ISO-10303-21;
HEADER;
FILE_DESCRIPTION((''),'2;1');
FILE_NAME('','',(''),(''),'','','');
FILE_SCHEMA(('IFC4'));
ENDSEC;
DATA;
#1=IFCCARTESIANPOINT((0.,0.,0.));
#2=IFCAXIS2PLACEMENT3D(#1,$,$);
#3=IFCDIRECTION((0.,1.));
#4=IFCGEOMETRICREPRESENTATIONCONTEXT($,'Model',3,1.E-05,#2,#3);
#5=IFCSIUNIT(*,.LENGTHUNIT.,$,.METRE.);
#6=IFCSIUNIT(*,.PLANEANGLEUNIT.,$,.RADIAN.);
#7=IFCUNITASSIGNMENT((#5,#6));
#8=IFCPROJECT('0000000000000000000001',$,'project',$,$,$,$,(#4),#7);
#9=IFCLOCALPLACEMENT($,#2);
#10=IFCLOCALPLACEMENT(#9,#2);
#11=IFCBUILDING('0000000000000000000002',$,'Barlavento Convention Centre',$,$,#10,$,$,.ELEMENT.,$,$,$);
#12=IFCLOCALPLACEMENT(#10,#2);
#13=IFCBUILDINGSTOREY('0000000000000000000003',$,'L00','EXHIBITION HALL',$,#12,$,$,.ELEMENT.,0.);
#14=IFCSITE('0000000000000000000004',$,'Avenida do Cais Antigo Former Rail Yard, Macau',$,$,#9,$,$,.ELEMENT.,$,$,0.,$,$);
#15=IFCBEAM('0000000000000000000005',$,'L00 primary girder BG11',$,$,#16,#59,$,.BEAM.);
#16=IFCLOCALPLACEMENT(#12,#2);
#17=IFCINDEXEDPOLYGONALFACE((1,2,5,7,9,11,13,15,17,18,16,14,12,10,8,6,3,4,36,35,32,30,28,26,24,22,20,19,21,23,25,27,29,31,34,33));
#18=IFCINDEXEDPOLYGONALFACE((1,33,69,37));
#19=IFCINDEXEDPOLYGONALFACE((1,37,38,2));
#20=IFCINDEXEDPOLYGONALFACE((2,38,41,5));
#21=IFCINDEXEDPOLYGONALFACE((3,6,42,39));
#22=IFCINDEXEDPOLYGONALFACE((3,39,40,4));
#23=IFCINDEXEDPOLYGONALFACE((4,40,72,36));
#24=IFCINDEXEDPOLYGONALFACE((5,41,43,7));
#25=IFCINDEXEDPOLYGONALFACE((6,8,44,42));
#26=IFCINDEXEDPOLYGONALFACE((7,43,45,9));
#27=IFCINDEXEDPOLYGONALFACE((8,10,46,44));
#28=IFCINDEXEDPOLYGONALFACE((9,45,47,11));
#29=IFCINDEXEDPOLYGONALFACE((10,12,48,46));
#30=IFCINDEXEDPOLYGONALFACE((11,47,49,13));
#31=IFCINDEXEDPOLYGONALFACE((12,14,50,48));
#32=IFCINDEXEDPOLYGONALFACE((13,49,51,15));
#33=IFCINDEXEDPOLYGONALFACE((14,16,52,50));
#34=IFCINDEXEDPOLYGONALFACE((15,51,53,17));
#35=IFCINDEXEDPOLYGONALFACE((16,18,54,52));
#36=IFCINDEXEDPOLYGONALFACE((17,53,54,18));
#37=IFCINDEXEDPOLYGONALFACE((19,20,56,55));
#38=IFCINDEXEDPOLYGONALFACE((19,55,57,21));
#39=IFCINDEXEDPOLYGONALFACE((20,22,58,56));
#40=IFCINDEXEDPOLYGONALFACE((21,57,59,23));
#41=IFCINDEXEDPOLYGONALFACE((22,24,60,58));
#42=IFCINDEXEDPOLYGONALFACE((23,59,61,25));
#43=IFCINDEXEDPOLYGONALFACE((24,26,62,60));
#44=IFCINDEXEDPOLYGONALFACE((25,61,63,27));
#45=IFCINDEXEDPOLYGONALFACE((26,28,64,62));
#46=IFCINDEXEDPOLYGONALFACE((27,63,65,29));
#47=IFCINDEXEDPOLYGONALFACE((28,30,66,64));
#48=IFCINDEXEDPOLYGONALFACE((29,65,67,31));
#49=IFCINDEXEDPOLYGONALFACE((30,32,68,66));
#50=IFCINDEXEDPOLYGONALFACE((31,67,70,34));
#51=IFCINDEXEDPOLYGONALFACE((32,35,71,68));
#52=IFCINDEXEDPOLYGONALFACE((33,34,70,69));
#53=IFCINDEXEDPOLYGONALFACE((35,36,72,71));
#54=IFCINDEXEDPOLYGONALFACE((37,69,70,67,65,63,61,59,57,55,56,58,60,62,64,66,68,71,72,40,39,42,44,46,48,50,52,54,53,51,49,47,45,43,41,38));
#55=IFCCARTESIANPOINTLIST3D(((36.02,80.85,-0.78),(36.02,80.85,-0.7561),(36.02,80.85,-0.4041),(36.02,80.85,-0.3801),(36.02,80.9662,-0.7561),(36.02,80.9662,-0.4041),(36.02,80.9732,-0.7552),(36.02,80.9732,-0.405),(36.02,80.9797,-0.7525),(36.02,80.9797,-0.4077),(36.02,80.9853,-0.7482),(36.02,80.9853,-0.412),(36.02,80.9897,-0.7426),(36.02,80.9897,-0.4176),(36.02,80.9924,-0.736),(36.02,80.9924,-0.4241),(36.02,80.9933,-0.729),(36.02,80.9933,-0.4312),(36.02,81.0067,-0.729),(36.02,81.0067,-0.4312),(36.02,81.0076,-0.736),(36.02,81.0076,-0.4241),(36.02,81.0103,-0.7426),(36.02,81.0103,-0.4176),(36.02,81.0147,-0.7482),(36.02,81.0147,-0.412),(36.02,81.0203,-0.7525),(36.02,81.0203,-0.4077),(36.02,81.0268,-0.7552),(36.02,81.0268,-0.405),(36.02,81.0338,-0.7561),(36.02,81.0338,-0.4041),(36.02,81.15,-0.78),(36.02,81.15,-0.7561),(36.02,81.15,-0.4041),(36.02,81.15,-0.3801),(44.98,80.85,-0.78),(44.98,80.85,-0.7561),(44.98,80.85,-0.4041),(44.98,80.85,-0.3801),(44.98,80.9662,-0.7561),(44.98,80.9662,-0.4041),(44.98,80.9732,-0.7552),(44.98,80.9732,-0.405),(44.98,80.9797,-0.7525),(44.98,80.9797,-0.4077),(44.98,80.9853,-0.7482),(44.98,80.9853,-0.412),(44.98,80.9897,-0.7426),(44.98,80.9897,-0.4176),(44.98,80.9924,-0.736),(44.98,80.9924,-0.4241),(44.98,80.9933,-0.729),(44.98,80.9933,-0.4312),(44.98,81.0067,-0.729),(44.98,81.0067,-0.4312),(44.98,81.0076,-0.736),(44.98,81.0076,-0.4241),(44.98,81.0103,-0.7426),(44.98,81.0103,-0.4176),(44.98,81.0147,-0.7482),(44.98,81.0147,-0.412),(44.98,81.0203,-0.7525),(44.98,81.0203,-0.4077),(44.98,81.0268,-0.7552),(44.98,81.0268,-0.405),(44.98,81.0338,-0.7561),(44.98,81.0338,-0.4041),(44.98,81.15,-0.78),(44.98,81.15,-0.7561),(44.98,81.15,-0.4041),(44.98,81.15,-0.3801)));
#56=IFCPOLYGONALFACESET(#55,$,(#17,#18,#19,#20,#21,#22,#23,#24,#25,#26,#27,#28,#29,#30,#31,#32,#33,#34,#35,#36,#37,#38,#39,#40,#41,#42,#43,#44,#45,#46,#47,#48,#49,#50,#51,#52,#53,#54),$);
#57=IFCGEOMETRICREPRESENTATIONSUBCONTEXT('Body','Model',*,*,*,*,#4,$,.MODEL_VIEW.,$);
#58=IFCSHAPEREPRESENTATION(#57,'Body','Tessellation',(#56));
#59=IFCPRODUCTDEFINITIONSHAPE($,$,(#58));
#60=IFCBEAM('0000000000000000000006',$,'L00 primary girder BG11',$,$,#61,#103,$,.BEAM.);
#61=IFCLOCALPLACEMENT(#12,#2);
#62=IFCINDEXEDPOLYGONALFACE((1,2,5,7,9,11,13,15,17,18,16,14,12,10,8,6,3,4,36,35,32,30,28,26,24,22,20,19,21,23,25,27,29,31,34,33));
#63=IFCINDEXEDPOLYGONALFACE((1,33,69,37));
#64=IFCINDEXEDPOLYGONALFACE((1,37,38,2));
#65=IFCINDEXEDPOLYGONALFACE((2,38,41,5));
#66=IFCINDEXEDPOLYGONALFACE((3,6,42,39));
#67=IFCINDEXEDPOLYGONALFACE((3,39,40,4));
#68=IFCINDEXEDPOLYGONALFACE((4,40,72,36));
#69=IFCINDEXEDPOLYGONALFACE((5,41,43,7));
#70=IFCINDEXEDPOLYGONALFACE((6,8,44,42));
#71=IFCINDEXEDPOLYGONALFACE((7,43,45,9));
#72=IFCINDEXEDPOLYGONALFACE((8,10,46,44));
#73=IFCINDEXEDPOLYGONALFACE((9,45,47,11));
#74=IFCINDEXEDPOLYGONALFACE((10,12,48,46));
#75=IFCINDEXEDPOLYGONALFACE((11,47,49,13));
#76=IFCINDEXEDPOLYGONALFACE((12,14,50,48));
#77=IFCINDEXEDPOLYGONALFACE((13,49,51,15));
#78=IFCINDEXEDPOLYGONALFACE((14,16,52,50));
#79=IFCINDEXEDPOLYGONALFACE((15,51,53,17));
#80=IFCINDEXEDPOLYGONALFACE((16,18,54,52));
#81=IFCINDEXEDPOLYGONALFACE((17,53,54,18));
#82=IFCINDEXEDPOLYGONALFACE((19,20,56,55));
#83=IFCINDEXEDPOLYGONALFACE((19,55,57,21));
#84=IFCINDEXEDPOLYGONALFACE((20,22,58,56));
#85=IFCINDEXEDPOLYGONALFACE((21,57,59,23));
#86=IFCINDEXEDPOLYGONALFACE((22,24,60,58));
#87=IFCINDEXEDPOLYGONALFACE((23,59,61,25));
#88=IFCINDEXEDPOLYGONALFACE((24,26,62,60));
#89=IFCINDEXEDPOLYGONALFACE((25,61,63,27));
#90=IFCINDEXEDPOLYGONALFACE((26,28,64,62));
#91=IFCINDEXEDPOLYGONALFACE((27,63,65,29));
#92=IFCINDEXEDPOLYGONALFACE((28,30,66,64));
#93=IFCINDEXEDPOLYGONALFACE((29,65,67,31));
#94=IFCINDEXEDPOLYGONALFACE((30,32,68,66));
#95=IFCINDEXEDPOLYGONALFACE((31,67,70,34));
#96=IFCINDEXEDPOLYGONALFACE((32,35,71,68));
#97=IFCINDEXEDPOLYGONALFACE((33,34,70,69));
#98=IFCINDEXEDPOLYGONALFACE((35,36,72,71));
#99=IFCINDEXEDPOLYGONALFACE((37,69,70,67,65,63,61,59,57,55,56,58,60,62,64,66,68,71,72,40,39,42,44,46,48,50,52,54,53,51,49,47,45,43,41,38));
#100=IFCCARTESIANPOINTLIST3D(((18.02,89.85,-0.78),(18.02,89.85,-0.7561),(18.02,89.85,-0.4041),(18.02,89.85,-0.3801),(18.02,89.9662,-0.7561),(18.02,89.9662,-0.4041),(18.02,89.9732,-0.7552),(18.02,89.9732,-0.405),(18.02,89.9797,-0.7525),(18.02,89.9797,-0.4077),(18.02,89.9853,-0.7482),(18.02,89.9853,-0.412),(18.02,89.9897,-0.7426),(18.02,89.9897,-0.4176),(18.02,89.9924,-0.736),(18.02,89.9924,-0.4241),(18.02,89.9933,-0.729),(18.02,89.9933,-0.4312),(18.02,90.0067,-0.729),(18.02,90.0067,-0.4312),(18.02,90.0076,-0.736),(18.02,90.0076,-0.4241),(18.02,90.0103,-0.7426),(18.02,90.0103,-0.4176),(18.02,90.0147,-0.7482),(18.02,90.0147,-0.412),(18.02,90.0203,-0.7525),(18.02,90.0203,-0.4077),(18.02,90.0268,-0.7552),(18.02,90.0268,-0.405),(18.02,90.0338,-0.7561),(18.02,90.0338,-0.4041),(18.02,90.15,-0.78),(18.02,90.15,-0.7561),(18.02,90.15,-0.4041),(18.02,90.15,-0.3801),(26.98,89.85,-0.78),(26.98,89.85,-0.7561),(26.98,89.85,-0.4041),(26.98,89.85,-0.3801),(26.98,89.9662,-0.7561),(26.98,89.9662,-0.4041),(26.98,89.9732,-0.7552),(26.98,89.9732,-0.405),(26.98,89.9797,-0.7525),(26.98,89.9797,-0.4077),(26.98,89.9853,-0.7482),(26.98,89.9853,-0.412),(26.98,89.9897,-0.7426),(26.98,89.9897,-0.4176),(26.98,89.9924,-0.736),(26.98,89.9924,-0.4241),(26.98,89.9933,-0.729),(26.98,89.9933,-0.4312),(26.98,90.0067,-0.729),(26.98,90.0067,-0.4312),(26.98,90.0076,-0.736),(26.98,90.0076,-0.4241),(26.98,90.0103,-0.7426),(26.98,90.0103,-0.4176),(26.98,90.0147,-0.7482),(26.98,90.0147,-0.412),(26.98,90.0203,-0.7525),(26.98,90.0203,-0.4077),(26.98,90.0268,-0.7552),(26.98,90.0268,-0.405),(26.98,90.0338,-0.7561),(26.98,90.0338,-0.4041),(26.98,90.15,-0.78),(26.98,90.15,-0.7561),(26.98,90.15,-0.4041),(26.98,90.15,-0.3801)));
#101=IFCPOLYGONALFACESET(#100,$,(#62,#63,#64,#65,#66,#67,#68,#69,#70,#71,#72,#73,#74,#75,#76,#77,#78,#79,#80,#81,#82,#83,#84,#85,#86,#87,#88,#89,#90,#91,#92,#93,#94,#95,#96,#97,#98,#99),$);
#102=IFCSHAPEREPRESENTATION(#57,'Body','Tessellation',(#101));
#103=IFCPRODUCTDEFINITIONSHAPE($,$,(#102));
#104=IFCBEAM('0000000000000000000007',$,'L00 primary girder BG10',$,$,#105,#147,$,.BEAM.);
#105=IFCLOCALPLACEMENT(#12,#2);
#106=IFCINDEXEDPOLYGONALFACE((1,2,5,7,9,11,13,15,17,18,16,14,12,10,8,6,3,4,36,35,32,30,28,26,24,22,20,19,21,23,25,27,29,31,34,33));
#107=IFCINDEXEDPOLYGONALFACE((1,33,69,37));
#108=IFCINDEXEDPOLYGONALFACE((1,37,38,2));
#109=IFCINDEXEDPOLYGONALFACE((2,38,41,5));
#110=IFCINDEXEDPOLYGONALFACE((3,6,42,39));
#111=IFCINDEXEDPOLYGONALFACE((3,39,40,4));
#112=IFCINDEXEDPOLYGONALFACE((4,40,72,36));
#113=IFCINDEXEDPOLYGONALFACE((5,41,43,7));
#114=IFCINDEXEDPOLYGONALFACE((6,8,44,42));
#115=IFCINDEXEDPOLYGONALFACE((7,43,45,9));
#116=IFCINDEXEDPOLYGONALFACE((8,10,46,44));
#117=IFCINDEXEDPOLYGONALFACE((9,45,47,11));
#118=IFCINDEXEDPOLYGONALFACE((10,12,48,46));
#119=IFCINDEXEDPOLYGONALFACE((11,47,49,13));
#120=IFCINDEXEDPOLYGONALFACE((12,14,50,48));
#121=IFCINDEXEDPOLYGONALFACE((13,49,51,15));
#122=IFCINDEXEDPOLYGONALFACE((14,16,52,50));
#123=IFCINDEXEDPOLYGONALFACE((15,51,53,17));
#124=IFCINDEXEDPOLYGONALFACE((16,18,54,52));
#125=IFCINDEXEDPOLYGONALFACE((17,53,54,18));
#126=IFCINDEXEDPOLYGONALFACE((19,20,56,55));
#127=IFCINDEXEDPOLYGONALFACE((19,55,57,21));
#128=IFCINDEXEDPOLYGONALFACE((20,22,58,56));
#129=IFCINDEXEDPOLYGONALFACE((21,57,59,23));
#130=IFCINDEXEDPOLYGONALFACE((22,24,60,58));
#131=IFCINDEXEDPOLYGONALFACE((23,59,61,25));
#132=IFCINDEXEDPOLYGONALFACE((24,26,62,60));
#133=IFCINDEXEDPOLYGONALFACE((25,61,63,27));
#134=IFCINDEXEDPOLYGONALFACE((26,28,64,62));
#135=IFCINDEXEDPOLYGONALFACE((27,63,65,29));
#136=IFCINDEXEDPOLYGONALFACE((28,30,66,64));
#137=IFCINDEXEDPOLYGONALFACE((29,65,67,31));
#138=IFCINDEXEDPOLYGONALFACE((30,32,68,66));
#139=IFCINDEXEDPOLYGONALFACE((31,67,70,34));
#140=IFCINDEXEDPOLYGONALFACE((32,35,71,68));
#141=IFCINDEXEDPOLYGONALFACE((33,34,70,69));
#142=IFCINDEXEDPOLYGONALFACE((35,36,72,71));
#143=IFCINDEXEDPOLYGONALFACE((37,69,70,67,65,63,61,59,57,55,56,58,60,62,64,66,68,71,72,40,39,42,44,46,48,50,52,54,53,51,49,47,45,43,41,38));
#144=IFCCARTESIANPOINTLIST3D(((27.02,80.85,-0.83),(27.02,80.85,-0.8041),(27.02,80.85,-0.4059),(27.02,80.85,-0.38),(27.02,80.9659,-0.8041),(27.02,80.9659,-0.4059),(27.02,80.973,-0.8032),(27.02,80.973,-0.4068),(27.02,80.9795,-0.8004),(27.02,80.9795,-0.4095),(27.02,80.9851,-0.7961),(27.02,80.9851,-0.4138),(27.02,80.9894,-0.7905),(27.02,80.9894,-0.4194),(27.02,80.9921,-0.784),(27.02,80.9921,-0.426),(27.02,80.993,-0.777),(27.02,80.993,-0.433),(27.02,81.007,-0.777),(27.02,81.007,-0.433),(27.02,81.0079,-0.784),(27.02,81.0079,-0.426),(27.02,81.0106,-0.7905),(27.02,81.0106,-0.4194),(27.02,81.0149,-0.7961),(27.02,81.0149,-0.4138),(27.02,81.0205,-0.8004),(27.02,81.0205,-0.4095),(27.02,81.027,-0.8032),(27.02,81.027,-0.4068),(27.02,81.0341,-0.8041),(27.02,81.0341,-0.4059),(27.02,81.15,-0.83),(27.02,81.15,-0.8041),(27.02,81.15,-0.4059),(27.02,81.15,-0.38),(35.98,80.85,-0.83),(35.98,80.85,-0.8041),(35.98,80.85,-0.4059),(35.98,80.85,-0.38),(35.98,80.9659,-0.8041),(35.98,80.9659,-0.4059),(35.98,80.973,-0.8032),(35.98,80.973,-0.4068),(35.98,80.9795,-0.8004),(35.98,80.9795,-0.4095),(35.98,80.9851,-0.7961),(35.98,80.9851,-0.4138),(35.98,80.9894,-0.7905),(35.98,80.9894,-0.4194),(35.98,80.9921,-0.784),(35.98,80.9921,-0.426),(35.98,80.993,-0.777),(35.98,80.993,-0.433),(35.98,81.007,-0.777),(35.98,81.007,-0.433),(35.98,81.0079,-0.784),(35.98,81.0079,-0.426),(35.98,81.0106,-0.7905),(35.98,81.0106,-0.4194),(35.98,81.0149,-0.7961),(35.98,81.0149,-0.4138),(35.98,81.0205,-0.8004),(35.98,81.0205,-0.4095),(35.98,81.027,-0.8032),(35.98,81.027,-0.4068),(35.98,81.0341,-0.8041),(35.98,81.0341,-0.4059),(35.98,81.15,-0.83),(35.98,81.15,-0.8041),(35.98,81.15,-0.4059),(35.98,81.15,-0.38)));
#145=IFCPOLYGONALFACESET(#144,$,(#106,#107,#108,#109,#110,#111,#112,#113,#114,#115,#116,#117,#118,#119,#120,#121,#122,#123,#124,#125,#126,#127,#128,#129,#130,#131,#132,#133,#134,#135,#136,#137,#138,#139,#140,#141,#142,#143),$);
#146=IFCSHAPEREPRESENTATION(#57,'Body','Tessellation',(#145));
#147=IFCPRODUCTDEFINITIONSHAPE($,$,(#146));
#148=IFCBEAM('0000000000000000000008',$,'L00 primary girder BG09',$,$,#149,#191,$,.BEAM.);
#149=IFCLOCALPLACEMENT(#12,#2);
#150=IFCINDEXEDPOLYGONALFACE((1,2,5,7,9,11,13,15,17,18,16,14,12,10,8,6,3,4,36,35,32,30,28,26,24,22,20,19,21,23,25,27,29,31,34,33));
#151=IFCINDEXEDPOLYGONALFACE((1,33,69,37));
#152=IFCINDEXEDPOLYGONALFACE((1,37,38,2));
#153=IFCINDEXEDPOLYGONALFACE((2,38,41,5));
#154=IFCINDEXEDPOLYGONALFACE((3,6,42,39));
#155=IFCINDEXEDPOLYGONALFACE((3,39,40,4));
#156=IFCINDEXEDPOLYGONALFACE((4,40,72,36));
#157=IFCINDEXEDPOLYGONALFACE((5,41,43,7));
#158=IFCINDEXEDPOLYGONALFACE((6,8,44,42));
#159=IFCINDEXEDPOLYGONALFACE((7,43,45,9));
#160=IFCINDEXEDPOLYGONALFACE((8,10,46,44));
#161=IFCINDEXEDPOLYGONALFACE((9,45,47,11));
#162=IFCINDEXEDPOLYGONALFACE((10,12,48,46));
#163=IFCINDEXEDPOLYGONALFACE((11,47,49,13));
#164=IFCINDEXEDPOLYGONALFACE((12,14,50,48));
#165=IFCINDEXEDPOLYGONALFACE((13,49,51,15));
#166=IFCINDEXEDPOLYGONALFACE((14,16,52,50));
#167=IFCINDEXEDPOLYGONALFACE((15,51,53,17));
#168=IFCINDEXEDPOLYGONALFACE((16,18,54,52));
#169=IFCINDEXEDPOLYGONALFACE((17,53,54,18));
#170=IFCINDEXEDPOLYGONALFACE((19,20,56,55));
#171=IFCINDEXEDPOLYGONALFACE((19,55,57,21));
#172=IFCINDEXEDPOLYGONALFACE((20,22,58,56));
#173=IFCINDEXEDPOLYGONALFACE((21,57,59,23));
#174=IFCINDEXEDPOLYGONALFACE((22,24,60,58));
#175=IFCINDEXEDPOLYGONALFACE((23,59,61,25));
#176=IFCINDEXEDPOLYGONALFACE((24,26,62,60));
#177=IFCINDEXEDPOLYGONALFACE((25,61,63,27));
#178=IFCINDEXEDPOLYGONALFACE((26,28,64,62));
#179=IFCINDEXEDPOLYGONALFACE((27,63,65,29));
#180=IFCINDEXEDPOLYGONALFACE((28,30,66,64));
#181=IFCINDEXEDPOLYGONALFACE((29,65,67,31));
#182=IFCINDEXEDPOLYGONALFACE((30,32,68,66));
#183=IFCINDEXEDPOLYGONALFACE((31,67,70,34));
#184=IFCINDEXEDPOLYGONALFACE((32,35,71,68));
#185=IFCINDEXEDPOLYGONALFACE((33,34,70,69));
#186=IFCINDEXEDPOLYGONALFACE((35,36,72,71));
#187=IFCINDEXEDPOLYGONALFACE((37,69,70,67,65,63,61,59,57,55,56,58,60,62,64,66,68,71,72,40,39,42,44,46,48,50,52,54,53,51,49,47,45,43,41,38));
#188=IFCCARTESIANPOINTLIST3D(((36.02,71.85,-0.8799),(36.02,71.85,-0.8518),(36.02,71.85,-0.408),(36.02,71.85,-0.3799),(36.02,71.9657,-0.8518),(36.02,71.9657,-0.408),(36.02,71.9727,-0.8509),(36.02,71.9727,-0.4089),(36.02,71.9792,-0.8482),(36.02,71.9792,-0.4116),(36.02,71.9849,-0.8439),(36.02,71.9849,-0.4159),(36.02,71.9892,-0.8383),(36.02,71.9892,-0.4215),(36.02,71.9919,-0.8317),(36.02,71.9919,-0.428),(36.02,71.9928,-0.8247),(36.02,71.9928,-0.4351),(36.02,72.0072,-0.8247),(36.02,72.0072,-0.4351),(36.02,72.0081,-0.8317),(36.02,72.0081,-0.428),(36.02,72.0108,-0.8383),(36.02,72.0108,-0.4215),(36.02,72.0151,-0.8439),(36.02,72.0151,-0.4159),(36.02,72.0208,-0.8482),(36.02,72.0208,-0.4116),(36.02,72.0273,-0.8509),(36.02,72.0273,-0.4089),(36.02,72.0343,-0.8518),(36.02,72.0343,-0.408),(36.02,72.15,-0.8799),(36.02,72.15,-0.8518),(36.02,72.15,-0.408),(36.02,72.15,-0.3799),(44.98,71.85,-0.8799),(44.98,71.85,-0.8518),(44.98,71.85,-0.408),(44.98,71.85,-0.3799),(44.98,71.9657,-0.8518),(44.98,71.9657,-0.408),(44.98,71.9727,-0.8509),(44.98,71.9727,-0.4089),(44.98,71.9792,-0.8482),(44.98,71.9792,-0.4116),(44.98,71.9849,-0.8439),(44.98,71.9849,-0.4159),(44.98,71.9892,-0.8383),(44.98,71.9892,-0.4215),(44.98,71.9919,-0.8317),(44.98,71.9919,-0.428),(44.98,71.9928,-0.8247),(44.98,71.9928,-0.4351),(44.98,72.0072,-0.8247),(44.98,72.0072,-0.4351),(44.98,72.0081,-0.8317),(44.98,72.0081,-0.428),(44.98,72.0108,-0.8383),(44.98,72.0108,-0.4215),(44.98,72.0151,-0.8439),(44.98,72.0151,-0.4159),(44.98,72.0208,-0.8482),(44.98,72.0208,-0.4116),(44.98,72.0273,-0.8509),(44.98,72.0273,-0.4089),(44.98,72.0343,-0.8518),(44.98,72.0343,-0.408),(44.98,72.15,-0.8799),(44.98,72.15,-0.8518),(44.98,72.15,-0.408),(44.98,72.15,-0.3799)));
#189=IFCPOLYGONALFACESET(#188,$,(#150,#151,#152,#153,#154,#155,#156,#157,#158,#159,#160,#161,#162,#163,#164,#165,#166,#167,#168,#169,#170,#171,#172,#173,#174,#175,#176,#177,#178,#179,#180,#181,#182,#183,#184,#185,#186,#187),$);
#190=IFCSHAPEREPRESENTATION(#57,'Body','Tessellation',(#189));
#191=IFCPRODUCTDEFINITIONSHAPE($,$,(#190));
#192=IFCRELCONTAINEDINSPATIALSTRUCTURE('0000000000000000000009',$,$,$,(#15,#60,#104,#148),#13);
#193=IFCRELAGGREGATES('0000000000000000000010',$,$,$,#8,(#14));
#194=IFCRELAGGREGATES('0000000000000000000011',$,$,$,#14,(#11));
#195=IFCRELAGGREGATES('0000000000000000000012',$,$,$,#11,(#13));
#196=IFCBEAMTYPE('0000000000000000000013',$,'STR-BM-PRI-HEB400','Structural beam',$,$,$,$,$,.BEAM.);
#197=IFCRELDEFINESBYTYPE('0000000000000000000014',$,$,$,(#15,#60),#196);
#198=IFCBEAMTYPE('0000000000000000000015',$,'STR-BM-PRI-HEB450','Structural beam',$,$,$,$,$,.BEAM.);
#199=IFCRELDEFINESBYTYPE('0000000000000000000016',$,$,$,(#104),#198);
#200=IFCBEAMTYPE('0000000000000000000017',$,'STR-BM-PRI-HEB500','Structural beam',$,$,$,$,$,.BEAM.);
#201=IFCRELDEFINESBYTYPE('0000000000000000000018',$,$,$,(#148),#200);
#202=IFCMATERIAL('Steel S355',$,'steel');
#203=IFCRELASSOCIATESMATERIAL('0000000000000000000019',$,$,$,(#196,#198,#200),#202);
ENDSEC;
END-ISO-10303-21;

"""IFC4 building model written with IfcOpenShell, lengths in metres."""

from ifc_helpers import new_model, si_unit, direction, frame, origin, origin_2d, place, context, subcontext, project, spatial, i_section, extrude, material, material_profile, profile_set, type_object, element, save


model = new_model("IFC4")

# Units and contexts
model_context = context("Model", 3, precision=1e-05, world=origin(), true_north=direction((0.0, 1.0)))
body_context = subcontext(model_context, "Body", "Model", "MODEL_VIEW")
ifc_project = project(units=[si_unit("LENGTHUNIT", "METRE"), si_unit("PLANEANGLEUNIT", "RADIAN")], contexts=[model_context])

# Site, building, storey
site_placement = place(None, origin())
site = spatial("IfcSite", under=ifc_project, at=site_placement, Name="Avenida do Cais Antigo Former Rail Yard, Macau", CompositionType="ELEMENT", RefElevation=0.0)
building_placement = place(site_placement, origin())
building = spatial("IfcBuilding", under=site, at=building_placement, Name="Barlavento Convention Centre", CompositionType="ELEMENT")
storey_placement = place(building_placement, origin())
storey = spatial("IfcBuildingStorey", under=building, at=storey_placement, Name="L00", Description="EXHIBITION HALL", CompositionType="ELEMENT", Elevation=0.0)

# Beams
ifc_material = material(Name="Steel S355", Category="steel")
ifc_material_profile_1 = material_profile(ifc_material, i_section(OverallWidth=0.3, OverallDepth=0.3999, WebThickness=0.0134, FlangeThickness=0.0239, FilletRadius=0.0271, at=origin_2d()), Name="HEB 400")
ifc_profile_set_1 = profile_set([ifc_material_profile_1], Name="Steel S355")
beam_type_1 = type_object("IfcBeamType", Name="STR-BM-PRI-HEB400", Description="Structural beam", PredefinedType="BEAM", material=ifc_profile_set_1)
for number, where, z_axis, x_axis, name in (
    (1, (36.02, 81.0, -0.5801), (1.0, 0.0, 0.0), (0.0, 1.0, 0.0), "L00 primary girder BG11"),
    (2, (18.02, 90.0, -0.5801), (1.0, 0.0, 0.0), (0.0, 1.0, 0.0), "L00 primary girder BG11"),
):
    element("IfcBeam", number, at=place(storey_placement, frame(where, z_axis=z_axis, x_axis=x_axis)), inside=storey, type_object=beam_type_1, Name=name, PredefinedType="BEAM", context=body_context, shape_type="SweptSolid", body=[
        extrude(i_section(OverallWidth=0.3, OverallDepth=0.3999, WebThickness=0.0134, FlangeThickness=0.0239, FilletRadius=0.0271, at=origin_2d()), origin(), (0.0, 0.0, 1.0), 8.96),
    ])
ifc_material_profile_2 = material_profile(ifc_material, i_section(OverallWidth=0.3, OverallDepth=0.45, WebThickness=0.0139, FlangeThickness=0.0259, FilletRadius=0.0271, at=origin_2d()), Name="HEB 450")
ifc_profile_set_2 = profile_set([ifc_material_profile_2], Name="Steel S355")
beam_type_2 = type_object("IfcBeamType", Name="STR-BM-PRI-HEB450", Description="Structural beam", PredefinedType="BEAM", material=ifc_profile_set_2)
beam_1_placement = place(storey_placement, frame((27.02, 81.0, -0.605), z_axis=(1.0, 0.0, 0.0), x_axis=(0.0, 1.0, 0.0)))
element("IfcBeam", 3, at=beam_1_placement, inside=storey, type_object=beam_type_2, Name="L00 primary girder BG10", PredefinedType="BEAM", context=body_context, shape_type="SweptSolid", body=[
    extrude(i_section(OverallWidth=0.3, OverallDepth=0.45, WebThickness=0.0139, FlangeThickness=0.0259, FilletRadius=0.0271, at=origin_2d()), origin(), (0.0, 0.0, 1.0), 8.96),
])
ifc_material_profile_3 = material_profile(ifc_material, i_section(OverallWidth=0.3, OverallDepth=0.5, WebThickness=0.0144, FlangeThickness=0.0281, FilletRadius=0.0271, at=origin_2d()), Name="HEB 500")
ifc_profile_set_3 = profile_set([ifc_material_profile_3], Name="Steel S355")
beam_type_3 = type_object("IfcBeamType", Name="STR-BM-PRI-HEB500", Description="Structural beam", PredefinedType="BEAM", material=ifc_profile_set_3)
for number, where, z_axis, x_axis, name in (
    (4, (36.02, 72.0, -0.6299), (1.0, 0.0, 0.0), (0.0, 1.0, 0.0), "L00 primary girder BG09"),
):
    element("IfcBeam", number, at=place(storey_placement, frame(where, z_axis=z_axis, x_axis=x_axis)), inside=storey, type_object=beam_type_3, Name=name, PredefinedType="BEAM", context=body_context, shape_type="SweptSolid", body=[
        extrude(i_section(OverallWidth=0.3, OverallDepth=0.5, WebThickness=0.0144, FlangeThickness=0.0281, FilletRadius=0.0271, at=origin_2d()), origin(), (0.0, 0.0, 1.0), 8.96),
    ])

save(model, "model.ifc")
